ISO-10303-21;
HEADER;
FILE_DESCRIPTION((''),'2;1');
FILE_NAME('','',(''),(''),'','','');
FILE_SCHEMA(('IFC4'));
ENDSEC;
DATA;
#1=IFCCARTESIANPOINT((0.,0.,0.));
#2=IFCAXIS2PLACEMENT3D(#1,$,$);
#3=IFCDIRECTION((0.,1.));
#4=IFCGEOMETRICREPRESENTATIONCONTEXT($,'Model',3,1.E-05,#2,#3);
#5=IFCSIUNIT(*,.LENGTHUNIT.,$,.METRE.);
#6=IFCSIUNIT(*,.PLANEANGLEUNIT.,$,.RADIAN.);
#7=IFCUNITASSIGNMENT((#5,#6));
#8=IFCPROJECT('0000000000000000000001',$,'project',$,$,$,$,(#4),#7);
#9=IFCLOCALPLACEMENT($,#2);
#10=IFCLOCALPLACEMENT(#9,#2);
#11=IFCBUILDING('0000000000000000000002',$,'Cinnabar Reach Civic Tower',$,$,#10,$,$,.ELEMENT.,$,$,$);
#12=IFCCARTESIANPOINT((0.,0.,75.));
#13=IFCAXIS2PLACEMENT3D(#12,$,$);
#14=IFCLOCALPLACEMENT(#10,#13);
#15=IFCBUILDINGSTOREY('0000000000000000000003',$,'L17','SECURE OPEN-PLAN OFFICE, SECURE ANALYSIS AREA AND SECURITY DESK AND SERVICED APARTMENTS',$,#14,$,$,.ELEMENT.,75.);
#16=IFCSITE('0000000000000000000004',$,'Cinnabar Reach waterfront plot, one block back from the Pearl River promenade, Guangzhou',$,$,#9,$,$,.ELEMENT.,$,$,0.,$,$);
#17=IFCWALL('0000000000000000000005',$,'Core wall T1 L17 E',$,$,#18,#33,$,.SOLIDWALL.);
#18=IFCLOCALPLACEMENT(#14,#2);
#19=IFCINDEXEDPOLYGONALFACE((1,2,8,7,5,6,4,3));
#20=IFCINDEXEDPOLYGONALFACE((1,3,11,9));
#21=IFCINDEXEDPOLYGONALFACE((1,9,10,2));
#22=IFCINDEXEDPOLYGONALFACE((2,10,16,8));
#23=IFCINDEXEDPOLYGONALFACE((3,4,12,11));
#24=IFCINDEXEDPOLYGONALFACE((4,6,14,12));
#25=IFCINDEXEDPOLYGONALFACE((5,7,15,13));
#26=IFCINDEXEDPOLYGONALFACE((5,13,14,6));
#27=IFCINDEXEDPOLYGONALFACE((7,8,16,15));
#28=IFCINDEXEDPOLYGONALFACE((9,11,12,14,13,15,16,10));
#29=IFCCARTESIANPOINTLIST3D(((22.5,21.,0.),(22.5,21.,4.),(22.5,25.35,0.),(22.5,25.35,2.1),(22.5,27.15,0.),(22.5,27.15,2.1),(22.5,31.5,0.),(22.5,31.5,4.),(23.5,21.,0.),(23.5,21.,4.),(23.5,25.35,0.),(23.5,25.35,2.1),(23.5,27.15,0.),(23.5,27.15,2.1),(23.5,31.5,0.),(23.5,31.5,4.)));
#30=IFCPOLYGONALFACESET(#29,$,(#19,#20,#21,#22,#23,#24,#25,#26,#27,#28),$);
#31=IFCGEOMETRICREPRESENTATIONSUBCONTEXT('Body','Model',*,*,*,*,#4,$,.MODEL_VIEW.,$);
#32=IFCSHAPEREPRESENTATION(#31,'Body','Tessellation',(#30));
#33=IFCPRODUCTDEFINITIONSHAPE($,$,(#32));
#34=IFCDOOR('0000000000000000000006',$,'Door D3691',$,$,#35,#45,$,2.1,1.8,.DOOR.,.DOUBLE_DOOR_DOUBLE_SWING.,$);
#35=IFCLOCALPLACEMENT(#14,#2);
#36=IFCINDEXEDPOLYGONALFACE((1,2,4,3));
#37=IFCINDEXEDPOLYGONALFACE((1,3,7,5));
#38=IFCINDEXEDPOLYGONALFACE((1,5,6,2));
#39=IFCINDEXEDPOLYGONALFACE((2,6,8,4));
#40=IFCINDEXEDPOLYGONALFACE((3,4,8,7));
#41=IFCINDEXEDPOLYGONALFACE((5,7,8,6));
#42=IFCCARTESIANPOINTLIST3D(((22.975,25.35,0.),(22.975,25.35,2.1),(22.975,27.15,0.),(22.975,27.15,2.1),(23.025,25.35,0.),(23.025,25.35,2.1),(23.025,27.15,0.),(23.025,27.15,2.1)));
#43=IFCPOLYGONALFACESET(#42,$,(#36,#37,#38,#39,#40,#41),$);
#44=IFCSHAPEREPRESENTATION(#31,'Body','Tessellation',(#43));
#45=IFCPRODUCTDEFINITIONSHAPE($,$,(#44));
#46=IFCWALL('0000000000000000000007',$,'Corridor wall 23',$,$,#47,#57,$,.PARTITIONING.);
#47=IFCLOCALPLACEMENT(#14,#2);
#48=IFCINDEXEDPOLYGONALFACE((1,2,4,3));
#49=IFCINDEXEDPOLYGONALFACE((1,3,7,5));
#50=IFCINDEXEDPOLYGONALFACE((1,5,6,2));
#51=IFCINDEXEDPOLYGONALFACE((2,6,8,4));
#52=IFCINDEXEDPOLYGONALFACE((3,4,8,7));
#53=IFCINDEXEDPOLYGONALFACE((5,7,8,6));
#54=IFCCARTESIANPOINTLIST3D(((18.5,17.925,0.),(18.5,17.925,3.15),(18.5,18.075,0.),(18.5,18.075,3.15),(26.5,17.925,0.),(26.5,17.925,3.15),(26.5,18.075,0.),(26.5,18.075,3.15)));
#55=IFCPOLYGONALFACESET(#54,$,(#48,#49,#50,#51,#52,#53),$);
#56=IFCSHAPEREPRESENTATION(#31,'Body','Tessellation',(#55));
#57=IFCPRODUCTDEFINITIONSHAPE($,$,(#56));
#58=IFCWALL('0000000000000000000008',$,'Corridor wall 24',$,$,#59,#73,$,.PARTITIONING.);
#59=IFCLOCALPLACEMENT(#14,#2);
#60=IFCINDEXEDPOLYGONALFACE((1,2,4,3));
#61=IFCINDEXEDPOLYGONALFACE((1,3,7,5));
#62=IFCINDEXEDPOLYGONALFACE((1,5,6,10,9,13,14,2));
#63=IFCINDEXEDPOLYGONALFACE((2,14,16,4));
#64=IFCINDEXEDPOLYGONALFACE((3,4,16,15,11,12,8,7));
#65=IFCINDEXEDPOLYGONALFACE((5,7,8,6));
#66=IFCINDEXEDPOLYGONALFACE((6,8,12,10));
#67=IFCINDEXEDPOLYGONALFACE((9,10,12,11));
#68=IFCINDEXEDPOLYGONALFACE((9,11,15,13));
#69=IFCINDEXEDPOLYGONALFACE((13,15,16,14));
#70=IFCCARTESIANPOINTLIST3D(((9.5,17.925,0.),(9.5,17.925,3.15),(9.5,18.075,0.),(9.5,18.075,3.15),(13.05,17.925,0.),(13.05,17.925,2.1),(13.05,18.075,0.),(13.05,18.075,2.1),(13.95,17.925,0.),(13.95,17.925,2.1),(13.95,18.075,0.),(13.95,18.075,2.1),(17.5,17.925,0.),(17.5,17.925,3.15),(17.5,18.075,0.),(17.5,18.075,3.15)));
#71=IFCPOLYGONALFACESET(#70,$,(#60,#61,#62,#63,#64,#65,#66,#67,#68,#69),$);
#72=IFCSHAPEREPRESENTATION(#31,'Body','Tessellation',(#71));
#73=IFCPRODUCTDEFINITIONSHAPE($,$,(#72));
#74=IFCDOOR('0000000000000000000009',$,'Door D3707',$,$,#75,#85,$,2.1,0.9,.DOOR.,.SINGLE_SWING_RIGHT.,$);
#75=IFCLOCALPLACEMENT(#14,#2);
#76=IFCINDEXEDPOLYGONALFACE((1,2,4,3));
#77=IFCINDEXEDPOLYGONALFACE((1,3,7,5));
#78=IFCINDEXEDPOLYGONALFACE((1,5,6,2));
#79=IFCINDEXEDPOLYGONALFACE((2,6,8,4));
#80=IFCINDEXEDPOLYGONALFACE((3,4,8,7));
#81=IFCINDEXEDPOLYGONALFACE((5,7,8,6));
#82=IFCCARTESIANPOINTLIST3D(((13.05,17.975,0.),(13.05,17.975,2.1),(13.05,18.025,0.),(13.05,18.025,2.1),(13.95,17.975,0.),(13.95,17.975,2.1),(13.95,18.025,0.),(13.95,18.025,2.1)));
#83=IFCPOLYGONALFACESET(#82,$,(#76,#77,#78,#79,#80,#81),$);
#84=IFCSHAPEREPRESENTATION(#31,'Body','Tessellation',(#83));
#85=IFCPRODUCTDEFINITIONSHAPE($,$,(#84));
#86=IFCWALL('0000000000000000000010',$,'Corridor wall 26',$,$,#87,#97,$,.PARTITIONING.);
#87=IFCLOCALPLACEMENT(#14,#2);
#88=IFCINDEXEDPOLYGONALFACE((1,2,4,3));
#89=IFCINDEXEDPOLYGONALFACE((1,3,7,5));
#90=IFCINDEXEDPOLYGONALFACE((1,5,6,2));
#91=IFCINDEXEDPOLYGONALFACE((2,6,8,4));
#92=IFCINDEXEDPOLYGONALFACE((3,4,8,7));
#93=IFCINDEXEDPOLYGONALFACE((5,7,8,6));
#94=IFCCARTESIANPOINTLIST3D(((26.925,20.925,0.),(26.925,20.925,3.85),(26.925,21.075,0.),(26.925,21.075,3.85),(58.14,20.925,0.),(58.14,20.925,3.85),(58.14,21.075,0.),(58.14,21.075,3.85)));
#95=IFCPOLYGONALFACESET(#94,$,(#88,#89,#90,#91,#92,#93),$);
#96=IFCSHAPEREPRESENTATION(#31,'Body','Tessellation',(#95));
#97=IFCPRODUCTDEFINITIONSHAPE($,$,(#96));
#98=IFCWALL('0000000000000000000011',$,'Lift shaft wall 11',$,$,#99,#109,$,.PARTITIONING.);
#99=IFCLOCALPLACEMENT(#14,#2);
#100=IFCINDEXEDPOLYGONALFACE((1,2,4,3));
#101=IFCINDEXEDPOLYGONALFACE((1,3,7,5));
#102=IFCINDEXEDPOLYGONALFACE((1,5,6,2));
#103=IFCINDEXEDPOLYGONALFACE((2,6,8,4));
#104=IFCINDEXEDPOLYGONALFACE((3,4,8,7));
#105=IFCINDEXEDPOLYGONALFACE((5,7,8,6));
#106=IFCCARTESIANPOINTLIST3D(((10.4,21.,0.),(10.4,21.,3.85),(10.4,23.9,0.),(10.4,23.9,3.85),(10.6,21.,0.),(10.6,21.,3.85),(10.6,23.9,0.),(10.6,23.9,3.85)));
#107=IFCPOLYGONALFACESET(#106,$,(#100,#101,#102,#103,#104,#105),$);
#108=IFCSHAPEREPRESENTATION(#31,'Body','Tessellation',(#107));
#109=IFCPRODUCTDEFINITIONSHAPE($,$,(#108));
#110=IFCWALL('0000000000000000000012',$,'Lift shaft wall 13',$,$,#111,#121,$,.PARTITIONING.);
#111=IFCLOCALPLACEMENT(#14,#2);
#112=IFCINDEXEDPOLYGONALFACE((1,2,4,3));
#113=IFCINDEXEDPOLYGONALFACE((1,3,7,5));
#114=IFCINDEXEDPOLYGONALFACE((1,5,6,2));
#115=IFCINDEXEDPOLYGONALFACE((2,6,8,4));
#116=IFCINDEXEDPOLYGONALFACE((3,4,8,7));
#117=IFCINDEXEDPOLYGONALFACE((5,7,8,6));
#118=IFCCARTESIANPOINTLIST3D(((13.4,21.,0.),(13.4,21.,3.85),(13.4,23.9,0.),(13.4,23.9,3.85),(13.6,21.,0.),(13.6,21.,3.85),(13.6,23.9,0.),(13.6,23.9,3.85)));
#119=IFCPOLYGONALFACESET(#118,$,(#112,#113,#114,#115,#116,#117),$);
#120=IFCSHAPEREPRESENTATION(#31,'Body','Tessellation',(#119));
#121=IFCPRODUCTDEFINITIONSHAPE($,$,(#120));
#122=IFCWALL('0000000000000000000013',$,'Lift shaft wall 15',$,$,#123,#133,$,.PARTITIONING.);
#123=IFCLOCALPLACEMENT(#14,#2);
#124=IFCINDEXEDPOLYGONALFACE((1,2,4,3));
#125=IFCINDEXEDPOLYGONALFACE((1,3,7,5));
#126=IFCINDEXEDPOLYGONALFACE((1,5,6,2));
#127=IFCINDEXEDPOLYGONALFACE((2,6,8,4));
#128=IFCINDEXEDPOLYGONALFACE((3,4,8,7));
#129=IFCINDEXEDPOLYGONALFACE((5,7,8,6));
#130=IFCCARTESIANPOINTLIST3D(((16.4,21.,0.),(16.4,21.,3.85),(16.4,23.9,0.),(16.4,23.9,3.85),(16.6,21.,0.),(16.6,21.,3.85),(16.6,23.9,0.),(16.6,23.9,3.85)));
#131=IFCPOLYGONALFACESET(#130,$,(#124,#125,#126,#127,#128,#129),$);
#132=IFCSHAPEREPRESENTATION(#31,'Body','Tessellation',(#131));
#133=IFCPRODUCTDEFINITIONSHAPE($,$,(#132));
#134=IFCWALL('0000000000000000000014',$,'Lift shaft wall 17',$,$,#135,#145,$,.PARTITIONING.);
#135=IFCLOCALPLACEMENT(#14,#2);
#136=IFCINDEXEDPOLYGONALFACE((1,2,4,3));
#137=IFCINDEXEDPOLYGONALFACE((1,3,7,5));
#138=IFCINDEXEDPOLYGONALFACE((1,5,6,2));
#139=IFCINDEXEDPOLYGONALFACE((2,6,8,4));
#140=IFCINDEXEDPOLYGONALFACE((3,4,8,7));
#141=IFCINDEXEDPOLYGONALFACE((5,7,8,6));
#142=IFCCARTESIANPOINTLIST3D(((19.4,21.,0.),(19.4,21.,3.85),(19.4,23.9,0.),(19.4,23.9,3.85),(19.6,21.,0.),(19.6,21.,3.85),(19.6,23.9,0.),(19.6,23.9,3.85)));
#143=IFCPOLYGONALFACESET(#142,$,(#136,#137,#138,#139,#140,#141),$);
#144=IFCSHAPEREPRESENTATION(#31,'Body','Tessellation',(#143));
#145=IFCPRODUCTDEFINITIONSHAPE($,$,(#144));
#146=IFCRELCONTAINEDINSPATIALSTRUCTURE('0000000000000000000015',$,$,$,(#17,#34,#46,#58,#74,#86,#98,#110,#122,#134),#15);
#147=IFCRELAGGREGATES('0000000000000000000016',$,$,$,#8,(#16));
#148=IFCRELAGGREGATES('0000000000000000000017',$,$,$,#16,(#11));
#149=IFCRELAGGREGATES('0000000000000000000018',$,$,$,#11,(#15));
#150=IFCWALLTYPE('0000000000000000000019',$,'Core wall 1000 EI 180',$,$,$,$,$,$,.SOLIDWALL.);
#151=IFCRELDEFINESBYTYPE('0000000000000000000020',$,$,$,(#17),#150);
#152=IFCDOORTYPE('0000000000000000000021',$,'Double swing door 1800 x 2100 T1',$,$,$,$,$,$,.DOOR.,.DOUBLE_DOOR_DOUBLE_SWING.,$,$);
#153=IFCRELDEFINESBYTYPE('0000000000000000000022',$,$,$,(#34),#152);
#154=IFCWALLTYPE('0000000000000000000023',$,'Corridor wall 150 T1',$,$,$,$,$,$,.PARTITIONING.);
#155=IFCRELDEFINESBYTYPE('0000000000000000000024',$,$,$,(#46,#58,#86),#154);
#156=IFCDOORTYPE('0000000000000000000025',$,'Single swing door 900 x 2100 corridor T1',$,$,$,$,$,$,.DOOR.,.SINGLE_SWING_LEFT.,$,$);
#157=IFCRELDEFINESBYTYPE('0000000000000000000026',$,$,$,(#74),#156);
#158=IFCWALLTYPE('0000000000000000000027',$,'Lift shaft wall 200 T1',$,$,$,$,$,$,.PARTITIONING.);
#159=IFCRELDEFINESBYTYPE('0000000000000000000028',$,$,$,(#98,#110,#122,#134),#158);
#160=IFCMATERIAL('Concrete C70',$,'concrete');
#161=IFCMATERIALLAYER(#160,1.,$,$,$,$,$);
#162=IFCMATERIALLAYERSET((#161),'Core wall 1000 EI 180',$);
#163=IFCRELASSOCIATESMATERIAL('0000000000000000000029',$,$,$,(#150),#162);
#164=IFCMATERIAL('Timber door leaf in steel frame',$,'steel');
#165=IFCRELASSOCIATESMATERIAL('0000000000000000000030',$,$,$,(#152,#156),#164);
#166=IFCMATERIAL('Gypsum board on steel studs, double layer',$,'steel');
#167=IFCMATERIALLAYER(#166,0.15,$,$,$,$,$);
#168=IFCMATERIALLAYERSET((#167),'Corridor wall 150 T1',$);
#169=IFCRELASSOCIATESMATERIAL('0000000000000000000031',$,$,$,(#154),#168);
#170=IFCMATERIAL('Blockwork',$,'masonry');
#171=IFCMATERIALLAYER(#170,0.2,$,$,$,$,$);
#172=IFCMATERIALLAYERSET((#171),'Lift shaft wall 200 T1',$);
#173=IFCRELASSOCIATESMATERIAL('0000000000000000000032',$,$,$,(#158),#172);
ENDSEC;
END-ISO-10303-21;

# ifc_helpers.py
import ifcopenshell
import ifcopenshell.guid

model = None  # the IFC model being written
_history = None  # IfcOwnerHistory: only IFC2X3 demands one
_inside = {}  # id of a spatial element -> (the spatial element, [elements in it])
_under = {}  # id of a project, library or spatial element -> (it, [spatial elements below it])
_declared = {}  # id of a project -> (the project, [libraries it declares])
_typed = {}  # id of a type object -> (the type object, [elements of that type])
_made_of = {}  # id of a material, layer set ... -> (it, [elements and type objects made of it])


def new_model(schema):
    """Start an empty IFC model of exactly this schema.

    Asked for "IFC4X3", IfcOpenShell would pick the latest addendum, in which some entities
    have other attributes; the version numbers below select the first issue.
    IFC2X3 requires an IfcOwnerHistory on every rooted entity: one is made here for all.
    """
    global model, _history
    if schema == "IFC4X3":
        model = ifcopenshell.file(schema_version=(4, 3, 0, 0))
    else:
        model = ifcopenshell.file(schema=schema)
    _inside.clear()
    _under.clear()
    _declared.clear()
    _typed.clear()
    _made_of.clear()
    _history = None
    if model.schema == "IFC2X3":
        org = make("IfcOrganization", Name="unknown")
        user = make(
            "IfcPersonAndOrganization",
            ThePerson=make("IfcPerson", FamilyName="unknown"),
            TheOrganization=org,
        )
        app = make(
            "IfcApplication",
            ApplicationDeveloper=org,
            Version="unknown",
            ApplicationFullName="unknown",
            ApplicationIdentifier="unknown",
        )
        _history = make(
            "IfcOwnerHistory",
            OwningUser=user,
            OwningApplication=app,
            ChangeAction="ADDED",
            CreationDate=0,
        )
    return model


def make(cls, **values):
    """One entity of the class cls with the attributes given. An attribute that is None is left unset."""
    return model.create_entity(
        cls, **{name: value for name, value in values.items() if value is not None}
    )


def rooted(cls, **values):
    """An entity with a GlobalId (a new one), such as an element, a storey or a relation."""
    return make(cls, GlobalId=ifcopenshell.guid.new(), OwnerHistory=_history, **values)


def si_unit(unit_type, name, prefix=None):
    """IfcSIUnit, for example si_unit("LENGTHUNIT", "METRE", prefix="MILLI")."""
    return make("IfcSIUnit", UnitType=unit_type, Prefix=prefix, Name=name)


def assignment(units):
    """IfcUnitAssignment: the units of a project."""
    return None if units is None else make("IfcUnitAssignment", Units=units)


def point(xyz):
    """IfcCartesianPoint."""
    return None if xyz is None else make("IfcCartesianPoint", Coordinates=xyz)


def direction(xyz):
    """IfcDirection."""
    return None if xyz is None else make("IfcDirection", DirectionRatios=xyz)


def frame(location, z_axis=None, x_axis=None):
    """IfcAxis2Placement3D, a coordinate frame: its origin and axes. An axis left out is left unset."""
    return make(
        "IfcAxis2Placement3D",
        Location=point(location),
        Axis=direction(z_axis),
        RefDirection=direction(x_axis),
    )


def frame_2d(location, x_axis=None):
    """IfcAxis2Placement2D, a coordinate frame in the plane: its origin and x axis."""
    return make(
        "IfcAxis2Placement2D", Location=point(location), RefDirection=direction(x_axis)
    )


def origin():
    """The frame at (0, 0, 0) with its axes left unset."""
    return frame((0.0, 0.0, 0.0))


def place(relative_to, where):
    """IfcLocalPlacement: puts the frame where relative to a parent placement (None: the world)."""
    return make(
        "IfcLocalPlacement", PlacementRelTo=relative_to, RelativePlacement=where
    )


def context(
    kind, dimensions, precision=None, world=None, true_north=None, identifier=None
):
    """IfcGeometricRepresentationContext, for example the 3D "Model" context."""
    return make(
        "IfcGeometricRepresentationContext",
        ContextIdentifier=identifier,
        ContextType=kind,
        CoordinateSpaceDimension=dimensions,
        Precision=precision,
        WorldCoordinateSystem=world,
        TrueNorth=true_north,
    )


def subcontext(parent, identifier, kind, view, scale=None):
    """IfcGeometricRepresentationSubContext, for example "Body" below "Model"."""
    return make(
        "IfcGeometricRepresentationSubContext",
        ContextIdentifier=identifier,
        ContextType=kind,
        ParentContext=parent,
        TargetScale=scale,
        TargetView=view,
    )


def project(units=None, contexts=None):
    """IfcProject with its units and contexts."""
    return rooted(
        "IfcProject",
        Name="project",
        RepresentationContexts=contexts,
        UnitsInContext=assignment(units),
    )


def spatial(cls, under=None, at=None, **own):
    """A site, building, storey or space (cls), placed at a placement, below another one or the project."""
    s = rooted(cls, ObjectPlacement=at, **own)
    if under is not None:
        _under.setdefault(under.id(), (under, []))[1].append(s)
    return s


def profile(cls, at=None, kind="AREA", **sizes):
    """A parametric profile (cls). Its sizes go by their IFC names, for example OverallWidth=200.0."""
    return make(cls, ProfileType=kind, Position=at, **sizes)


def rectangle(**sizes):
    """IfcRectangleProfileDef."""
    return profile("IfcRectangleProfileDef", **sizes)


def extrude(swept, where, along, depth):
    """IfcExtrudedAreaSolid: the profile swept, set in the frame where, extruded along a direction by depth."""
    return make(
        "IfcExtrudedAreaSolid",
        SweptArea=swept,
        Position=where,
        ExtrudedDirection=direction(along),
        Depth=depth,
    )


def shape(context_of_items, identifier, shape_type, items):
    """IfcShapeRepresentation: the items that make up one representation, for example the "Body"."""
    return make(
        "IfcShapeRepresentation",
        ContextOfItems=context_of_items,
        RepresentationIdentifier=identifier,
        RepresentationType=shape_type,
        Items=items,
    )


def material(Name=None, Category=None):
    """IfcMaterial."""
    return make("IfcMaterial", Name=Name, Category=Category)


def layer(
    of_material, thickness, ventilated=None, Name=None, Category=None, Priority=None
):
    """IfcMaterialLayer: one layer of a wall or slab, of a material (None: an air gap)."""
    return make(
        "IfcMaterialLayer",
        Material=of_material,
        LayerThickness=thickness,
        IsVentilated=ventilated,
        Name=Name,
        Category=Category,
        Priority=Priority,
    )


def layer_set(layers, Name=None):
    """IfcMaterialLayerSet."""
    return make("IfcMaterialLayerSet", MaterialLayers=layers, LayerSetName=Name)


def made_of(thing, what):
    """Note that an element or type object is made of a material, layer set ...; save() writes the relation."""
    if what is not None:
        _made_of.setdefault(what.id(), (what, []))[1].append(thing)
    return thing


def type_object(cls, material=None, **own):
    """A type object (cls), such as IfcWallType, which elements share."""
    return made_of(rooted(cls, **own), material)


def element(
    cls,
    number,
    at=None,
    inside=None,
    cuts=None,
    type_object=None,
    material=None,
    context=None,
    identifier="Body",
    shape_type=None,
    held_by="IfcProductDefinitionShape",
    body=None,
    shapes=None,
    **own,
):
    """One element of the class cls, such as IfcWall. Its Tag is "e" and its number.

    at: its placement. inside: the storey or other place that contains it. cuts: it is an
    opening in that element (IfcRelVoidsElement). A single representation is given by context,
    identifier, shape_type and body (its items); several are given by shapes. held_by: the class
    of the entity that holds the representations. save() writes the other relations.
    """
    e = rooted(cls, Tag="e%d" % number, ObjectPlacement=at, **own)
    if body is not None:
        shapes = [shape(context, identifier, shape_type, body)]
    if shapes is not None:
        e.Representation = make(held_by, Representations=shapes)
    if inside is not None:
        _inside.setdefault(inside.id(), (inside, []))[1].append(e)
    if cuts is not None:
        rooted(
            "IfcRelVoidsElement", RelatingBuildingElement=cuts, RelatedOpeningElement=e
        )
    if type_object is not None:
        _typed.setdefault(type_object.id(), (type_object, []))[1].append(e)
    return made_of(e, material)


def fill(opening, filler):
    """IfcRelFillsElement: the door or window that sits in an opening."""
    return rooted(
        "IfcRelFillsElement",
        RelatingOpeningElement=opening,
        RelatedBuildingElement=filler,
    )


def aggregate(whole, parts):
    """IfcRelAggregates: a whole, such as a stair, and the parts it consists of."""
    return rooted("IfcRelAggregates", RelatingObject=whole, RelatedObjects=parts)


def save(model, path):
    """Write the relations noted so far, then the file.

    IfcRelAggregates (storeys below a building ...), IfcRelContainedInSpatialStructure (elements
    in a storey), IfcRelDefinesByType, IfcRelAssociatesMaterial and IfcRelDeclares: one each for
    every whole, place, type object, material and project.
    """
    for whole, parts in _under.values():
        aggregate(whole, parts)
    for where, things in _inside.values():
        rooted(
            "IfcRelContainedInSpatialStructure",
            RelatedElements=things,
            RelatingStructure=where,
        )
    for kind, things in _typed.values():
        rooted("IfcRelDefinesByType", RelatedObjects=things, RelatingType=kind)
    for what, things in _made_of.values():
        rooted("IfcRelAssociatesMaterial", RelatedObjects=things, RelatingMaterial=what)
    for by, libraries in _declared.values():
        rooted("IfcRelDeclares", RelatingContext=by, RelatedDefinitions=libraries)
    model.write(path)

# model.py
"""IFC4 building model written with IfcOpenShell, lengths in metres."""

from ifc_helpers import new_model, si_unit, direction, frame, frame_2d, origin, place, context, subcontext, project, spatial, rectangle, extrude, material, layer, layer_set, type_object, element, fill, save


model = new_model("IFC4")

# Units and contexts
model_context = context("Model", 3, precision=1e-05, world=origin(), true_north=direction((0.0, 1.0)))
body_context = subcontext(model_context, "Body", "Model", "MODEL_VIEW")
ifc_project = project(units=[si_unit("LENGTHUNIT", "METRE"), si_unit("PLANEANGLEUNIT", "RADIAN")], contexts=[model_context])

# Site, building, storey
site_placement = place(None, origin())
site = spatial("IfcSite", under=ifc_project, at=site_placement, Name="Cinnabar Reach waterfront plot, one block back from the Pearl River promenade, Guangzhou", CompositionType="ELEMENT", RefElevation=0.0)
building_placement = place(site_placement, origin())
building = spatial("IfcBuilding", under=site, at=building_placement, Name="Cinnabar Reach Civic Tower", CompositionType="ELEMENT")
storey_placement = place(building_placement, frame((0.0, 0.0, 75.0)))
storey = spatial("IfcBuildingStorey", under=building, at=storey_placement, Name="L17", Description="SECURE OPEN-PLAN OFFICE, SECURE ANALYSIS AREA AND SECURITY DESK AND SERVICED APARTMENTS", CompositionType="ELEMENT", Elevation=75.0)

# Shared definitions
ifc_material_1 = material(Name="Concrete C70", Category="concrete")

# Wall, opening, door
ifc_layer_1 = layer(ifc_material_1, 1.0)
ifc_layer_set_1 = layer_set([ifc_layer_1], Name="Core wall 1000 EI 180")
wall_type_1 = type_object("IfcWallType", Name="Core wall 1000 EI 180", PredefinedType="SOLIDWALL", material=ifc_layer_set_1)
wall_1_placement = place(storey_placement, frame((23.0, 21.0, 0.0), z_axis=(0.0, 0.0, 1.0), x_axis=(0.0, 1.0, 0.0)))
wall_1 = element("IfcWall", 1, at=wall_1_placement, inside=storey, type_object=wall_type_1, Name="Core wall T1 L17 E", PredefinedType="SOLIDWALL", context=body_context, shape_type="SweptSolid", body=[
    extrude(rectangle(XDim=10.5, YDim=1.0, at=frame_2d((5.25, 0.0))), origin(), (0.0, 0.0, 1.0), 4.0),
])
opening_1_placement = place(wall_1_placement, frame((4.35, 0.0, 0.0)))
opening_1 = element("IfcOpeningElement", 2, at=opening_1_placement, cuts=wall_1, PredefinedType="OPENING", context=body_context, shape_type="SweptSolid", body=[
    extrude(rectangle(XDim=1.8, YDim=2.1, at=frame_2d((0.9, 1.05))), frame((0.0, 0.51, 0.0), z_axis=(0.0, -1.0, 0.0), x_axis=(1.0, 0.0, 0.0)), (0.0, 0.0, 1.0), 1.02),
])
ifc_material_2 = material(Name="Timber door leaf in steel frame", Category="steel")
door_type_1 = type_object("IfcDoorType", Name="Double swing door 1800 x 2100 T1", OperationType="DOUBLE_DOOR_DOUBLE_SWING", PredefinedType="DOOR", material=ifc_material_2)
door_1_placement = place(opening_1_placement, origin())
door_1 = element("IfcDoor", 3, at=door_1_placement, inside=storey, type_object=door_type_1, Name="Door D3691", OperationType="DOUBLE_DOOR_DOUBLE_SWING", OverallHeight=2.1, OverallWidth=1.8, PredefinedType="DOOR", context=body_context, shape_type="SweptSolid", body=[
    extrude(rectangle(XDim=1.8, YDim=2.1, at=frame_2d((0.9, 1.05))), frame((0.0, 0.025, 0.0), z_axis=(0.0, -1.0, 0.0), x_axis=(1.0, 0.0, 0.0)), (0.0, 0.0, 1.0), 0.05),
])
fill(opening_1, door_1)

# Wall
ifc_material_3 = material(Name="Gypsum board on steel studs, double layer", Category="steel")
ifc_layer_2 = layer(ifc_material_3, 0.15)
ifc_layer_set_2 = layer_set([ifc_layer_2], Name="Corridor wall 150 T1")
wall_type_2 = type_object("IfcWallType", Name="Corridor wall 150 T1", PredefinedType="PARTITIONING", material=ifc_layer_set_2)
wall_2_placement = place(storey_placement, frame((18.5, 18.0, 0.0), z_axis=(0.0, 0.0, 1.0), x_axis=(1.0, 0.0, 0.0)))
element("IfcWall", 4, at=wall_2_placement, inside=storey, type_object=wall_type_2, Name="Corridor wall 23", PredefinedType="PARTITIONING", context=body_context, shape_type="SweptSolid", body=[
    extrude(rectangle(XDim=8.0, YDim=0.15, at=frame_2d((4.0, 0.0))), origin(), (0.0, 0.0, 1.0), 3.15),
])

# Wall, opening, door
wall_3_placement = place(storey_placement, frame((9.5, 18.0, 0.0), z_axis=(0.0, 0.0, 1.0), x_axis=(1.0, 0.0, 0.0)))
wall_3 = element("IfcWall", 5, at=wall_3_placement, inside=storey, type_object=wall_type_2, Name="Corridor wall 24", PredefinedType="PARTITIONING", context=body_context, shape_type="SweptSolid", body=[
    extrude(rectangle(XDim=8.0, YDim=0.15, at=frame_2d((4.0, 0.0))), origin(), (0.0, 0.0, 1.0), 3.15),
])
opening_2_placement = place(wall_3_placement, frame((3.55, 0.0, 0.0)))
opening_2 = element("IfcOpeningElement", 6, at=opening_2_placement, cuts=wall_3, PredefinedType="OPENING", context=body_context, shape_type="SweptSolid", body=[
    extrude(rectangle(XDim=0.9, YDim=2.1, at=frame_2d((0.45, 1.05))), frame((0.0, 0.085, 0.0), z_axis=(0.0, -1.0, 0.0), x_axis=(1.0, 0.0, 0.0)), (0.0, 0.0, 1.0), 0.17),
])
door_type_2 = type_object("IfcDoorType", Name="Single swing door 900 x 2100 corridor T1", OperationType="SINGLE_SWING_LEFT", PredefinedType="DOOR", material=ifc_material_2)
door_2_placement = place(opening_2_placement, frame((0.9, 0.0, 0.0), z_axis=(0.0, 0.0, 1.0), x_axis=(-1.0, 0.0, 0.0)))
door_2 = element("IfcDoor", 7, at=door_2_placement, inside=storey, type_object=door_type_2, Name="Door D3707", OperationType="SINGLE_SWING_RIGHT", OverallHeight=2.1, OverallWidth=0.9, PredefinedType="DOOR", context=body_context, shape_type="SweptSolid", body=[
    extrude(rectangle(XDim=0.9, YDim=2.1, at=frame_2d((0.45, 1.05))), frame((0.0, 0.025, 0.0), z_axis=(0.0, -1.0, 0.0), x_axis=(1.0, 0.0, 0.0)), (0.0, 0.0, 1.0), 0.05),
])
fill(opening_2, door_2)

# Walls
wall_4_placement = place(storey_placement, frame((26.925, 21.0, 0.0), z_axis=(0.0, 0.0, 1.0), x_axis=(1.0, 0.0, 0.0)))
element("IfcWall", 8, at=wall_4_placement, inside=storey, type_object=wall_type_2, Name="Corridor wall 26", PredefinedType="PARTITIONING", context=body_context, shape_type="SweptSolid", body=[
    extrude(rectangle(XDim=31.215, YDim=0.15, at=frame_2d((15.6075, 0.0))), origin(), (0.0, 0.0, 1.0), 3.85),
])
ifc_material_4 = material(Name="Blockwork", Category="masonry")
ifc_layer_3 = layer(ifc_material_4, 0.2)
ifc_layer_set_3 = layer_set([ifc_layer_3], Name="Lift shaft wall 200 T1")
wall_type_3 = type_object("IfcWallType", Name="Lift shaft wall 200 T1", PredefinedType="PARTITIONING", material=ifc_layer_set_3)
for number, where, z_axis, x_axis, name in (
    (9, (10.5, 21.0, 0.0), (0.0, 0.0, 1.0), (0.0, 1.0, 0.0), "Lift shaft wall 11"),
    (10, (13.5, 21.0, 0.0), (0.0, 0.0, 1.0), (0.0, 1.0, 0.0), "Lift shaft wall 13"),
    (11, (16.5, 21.0, 0.0), (0.0, 0.0, 1.0), (0.0, 1.0, 0.0), "Lift shaft wall 15"),
    (12, (19.5, 21.0, 0.0), (0.0, 0.0, 1.0), (0.0, 1.0, 0.0), "Lift shaft wall 17"),
):
    element("IfcWall", number, at=place(storey_placement, frame(where, z_axis=z_axis, x_axis=x_axis)), inside=storey, type_object=wall_type_3, Name=name, PredefinedType="PARTITIONING", context=body_context, shape_type="SweptSolid", body=[
        extrude(rectangle(XDim=2.9, YDim=0.2, at=frame_2d((1.45, 0.0))), origin(), (0.0, 0.0, 1.0), 3.85),
    ])

save(model, "model.ifc")
